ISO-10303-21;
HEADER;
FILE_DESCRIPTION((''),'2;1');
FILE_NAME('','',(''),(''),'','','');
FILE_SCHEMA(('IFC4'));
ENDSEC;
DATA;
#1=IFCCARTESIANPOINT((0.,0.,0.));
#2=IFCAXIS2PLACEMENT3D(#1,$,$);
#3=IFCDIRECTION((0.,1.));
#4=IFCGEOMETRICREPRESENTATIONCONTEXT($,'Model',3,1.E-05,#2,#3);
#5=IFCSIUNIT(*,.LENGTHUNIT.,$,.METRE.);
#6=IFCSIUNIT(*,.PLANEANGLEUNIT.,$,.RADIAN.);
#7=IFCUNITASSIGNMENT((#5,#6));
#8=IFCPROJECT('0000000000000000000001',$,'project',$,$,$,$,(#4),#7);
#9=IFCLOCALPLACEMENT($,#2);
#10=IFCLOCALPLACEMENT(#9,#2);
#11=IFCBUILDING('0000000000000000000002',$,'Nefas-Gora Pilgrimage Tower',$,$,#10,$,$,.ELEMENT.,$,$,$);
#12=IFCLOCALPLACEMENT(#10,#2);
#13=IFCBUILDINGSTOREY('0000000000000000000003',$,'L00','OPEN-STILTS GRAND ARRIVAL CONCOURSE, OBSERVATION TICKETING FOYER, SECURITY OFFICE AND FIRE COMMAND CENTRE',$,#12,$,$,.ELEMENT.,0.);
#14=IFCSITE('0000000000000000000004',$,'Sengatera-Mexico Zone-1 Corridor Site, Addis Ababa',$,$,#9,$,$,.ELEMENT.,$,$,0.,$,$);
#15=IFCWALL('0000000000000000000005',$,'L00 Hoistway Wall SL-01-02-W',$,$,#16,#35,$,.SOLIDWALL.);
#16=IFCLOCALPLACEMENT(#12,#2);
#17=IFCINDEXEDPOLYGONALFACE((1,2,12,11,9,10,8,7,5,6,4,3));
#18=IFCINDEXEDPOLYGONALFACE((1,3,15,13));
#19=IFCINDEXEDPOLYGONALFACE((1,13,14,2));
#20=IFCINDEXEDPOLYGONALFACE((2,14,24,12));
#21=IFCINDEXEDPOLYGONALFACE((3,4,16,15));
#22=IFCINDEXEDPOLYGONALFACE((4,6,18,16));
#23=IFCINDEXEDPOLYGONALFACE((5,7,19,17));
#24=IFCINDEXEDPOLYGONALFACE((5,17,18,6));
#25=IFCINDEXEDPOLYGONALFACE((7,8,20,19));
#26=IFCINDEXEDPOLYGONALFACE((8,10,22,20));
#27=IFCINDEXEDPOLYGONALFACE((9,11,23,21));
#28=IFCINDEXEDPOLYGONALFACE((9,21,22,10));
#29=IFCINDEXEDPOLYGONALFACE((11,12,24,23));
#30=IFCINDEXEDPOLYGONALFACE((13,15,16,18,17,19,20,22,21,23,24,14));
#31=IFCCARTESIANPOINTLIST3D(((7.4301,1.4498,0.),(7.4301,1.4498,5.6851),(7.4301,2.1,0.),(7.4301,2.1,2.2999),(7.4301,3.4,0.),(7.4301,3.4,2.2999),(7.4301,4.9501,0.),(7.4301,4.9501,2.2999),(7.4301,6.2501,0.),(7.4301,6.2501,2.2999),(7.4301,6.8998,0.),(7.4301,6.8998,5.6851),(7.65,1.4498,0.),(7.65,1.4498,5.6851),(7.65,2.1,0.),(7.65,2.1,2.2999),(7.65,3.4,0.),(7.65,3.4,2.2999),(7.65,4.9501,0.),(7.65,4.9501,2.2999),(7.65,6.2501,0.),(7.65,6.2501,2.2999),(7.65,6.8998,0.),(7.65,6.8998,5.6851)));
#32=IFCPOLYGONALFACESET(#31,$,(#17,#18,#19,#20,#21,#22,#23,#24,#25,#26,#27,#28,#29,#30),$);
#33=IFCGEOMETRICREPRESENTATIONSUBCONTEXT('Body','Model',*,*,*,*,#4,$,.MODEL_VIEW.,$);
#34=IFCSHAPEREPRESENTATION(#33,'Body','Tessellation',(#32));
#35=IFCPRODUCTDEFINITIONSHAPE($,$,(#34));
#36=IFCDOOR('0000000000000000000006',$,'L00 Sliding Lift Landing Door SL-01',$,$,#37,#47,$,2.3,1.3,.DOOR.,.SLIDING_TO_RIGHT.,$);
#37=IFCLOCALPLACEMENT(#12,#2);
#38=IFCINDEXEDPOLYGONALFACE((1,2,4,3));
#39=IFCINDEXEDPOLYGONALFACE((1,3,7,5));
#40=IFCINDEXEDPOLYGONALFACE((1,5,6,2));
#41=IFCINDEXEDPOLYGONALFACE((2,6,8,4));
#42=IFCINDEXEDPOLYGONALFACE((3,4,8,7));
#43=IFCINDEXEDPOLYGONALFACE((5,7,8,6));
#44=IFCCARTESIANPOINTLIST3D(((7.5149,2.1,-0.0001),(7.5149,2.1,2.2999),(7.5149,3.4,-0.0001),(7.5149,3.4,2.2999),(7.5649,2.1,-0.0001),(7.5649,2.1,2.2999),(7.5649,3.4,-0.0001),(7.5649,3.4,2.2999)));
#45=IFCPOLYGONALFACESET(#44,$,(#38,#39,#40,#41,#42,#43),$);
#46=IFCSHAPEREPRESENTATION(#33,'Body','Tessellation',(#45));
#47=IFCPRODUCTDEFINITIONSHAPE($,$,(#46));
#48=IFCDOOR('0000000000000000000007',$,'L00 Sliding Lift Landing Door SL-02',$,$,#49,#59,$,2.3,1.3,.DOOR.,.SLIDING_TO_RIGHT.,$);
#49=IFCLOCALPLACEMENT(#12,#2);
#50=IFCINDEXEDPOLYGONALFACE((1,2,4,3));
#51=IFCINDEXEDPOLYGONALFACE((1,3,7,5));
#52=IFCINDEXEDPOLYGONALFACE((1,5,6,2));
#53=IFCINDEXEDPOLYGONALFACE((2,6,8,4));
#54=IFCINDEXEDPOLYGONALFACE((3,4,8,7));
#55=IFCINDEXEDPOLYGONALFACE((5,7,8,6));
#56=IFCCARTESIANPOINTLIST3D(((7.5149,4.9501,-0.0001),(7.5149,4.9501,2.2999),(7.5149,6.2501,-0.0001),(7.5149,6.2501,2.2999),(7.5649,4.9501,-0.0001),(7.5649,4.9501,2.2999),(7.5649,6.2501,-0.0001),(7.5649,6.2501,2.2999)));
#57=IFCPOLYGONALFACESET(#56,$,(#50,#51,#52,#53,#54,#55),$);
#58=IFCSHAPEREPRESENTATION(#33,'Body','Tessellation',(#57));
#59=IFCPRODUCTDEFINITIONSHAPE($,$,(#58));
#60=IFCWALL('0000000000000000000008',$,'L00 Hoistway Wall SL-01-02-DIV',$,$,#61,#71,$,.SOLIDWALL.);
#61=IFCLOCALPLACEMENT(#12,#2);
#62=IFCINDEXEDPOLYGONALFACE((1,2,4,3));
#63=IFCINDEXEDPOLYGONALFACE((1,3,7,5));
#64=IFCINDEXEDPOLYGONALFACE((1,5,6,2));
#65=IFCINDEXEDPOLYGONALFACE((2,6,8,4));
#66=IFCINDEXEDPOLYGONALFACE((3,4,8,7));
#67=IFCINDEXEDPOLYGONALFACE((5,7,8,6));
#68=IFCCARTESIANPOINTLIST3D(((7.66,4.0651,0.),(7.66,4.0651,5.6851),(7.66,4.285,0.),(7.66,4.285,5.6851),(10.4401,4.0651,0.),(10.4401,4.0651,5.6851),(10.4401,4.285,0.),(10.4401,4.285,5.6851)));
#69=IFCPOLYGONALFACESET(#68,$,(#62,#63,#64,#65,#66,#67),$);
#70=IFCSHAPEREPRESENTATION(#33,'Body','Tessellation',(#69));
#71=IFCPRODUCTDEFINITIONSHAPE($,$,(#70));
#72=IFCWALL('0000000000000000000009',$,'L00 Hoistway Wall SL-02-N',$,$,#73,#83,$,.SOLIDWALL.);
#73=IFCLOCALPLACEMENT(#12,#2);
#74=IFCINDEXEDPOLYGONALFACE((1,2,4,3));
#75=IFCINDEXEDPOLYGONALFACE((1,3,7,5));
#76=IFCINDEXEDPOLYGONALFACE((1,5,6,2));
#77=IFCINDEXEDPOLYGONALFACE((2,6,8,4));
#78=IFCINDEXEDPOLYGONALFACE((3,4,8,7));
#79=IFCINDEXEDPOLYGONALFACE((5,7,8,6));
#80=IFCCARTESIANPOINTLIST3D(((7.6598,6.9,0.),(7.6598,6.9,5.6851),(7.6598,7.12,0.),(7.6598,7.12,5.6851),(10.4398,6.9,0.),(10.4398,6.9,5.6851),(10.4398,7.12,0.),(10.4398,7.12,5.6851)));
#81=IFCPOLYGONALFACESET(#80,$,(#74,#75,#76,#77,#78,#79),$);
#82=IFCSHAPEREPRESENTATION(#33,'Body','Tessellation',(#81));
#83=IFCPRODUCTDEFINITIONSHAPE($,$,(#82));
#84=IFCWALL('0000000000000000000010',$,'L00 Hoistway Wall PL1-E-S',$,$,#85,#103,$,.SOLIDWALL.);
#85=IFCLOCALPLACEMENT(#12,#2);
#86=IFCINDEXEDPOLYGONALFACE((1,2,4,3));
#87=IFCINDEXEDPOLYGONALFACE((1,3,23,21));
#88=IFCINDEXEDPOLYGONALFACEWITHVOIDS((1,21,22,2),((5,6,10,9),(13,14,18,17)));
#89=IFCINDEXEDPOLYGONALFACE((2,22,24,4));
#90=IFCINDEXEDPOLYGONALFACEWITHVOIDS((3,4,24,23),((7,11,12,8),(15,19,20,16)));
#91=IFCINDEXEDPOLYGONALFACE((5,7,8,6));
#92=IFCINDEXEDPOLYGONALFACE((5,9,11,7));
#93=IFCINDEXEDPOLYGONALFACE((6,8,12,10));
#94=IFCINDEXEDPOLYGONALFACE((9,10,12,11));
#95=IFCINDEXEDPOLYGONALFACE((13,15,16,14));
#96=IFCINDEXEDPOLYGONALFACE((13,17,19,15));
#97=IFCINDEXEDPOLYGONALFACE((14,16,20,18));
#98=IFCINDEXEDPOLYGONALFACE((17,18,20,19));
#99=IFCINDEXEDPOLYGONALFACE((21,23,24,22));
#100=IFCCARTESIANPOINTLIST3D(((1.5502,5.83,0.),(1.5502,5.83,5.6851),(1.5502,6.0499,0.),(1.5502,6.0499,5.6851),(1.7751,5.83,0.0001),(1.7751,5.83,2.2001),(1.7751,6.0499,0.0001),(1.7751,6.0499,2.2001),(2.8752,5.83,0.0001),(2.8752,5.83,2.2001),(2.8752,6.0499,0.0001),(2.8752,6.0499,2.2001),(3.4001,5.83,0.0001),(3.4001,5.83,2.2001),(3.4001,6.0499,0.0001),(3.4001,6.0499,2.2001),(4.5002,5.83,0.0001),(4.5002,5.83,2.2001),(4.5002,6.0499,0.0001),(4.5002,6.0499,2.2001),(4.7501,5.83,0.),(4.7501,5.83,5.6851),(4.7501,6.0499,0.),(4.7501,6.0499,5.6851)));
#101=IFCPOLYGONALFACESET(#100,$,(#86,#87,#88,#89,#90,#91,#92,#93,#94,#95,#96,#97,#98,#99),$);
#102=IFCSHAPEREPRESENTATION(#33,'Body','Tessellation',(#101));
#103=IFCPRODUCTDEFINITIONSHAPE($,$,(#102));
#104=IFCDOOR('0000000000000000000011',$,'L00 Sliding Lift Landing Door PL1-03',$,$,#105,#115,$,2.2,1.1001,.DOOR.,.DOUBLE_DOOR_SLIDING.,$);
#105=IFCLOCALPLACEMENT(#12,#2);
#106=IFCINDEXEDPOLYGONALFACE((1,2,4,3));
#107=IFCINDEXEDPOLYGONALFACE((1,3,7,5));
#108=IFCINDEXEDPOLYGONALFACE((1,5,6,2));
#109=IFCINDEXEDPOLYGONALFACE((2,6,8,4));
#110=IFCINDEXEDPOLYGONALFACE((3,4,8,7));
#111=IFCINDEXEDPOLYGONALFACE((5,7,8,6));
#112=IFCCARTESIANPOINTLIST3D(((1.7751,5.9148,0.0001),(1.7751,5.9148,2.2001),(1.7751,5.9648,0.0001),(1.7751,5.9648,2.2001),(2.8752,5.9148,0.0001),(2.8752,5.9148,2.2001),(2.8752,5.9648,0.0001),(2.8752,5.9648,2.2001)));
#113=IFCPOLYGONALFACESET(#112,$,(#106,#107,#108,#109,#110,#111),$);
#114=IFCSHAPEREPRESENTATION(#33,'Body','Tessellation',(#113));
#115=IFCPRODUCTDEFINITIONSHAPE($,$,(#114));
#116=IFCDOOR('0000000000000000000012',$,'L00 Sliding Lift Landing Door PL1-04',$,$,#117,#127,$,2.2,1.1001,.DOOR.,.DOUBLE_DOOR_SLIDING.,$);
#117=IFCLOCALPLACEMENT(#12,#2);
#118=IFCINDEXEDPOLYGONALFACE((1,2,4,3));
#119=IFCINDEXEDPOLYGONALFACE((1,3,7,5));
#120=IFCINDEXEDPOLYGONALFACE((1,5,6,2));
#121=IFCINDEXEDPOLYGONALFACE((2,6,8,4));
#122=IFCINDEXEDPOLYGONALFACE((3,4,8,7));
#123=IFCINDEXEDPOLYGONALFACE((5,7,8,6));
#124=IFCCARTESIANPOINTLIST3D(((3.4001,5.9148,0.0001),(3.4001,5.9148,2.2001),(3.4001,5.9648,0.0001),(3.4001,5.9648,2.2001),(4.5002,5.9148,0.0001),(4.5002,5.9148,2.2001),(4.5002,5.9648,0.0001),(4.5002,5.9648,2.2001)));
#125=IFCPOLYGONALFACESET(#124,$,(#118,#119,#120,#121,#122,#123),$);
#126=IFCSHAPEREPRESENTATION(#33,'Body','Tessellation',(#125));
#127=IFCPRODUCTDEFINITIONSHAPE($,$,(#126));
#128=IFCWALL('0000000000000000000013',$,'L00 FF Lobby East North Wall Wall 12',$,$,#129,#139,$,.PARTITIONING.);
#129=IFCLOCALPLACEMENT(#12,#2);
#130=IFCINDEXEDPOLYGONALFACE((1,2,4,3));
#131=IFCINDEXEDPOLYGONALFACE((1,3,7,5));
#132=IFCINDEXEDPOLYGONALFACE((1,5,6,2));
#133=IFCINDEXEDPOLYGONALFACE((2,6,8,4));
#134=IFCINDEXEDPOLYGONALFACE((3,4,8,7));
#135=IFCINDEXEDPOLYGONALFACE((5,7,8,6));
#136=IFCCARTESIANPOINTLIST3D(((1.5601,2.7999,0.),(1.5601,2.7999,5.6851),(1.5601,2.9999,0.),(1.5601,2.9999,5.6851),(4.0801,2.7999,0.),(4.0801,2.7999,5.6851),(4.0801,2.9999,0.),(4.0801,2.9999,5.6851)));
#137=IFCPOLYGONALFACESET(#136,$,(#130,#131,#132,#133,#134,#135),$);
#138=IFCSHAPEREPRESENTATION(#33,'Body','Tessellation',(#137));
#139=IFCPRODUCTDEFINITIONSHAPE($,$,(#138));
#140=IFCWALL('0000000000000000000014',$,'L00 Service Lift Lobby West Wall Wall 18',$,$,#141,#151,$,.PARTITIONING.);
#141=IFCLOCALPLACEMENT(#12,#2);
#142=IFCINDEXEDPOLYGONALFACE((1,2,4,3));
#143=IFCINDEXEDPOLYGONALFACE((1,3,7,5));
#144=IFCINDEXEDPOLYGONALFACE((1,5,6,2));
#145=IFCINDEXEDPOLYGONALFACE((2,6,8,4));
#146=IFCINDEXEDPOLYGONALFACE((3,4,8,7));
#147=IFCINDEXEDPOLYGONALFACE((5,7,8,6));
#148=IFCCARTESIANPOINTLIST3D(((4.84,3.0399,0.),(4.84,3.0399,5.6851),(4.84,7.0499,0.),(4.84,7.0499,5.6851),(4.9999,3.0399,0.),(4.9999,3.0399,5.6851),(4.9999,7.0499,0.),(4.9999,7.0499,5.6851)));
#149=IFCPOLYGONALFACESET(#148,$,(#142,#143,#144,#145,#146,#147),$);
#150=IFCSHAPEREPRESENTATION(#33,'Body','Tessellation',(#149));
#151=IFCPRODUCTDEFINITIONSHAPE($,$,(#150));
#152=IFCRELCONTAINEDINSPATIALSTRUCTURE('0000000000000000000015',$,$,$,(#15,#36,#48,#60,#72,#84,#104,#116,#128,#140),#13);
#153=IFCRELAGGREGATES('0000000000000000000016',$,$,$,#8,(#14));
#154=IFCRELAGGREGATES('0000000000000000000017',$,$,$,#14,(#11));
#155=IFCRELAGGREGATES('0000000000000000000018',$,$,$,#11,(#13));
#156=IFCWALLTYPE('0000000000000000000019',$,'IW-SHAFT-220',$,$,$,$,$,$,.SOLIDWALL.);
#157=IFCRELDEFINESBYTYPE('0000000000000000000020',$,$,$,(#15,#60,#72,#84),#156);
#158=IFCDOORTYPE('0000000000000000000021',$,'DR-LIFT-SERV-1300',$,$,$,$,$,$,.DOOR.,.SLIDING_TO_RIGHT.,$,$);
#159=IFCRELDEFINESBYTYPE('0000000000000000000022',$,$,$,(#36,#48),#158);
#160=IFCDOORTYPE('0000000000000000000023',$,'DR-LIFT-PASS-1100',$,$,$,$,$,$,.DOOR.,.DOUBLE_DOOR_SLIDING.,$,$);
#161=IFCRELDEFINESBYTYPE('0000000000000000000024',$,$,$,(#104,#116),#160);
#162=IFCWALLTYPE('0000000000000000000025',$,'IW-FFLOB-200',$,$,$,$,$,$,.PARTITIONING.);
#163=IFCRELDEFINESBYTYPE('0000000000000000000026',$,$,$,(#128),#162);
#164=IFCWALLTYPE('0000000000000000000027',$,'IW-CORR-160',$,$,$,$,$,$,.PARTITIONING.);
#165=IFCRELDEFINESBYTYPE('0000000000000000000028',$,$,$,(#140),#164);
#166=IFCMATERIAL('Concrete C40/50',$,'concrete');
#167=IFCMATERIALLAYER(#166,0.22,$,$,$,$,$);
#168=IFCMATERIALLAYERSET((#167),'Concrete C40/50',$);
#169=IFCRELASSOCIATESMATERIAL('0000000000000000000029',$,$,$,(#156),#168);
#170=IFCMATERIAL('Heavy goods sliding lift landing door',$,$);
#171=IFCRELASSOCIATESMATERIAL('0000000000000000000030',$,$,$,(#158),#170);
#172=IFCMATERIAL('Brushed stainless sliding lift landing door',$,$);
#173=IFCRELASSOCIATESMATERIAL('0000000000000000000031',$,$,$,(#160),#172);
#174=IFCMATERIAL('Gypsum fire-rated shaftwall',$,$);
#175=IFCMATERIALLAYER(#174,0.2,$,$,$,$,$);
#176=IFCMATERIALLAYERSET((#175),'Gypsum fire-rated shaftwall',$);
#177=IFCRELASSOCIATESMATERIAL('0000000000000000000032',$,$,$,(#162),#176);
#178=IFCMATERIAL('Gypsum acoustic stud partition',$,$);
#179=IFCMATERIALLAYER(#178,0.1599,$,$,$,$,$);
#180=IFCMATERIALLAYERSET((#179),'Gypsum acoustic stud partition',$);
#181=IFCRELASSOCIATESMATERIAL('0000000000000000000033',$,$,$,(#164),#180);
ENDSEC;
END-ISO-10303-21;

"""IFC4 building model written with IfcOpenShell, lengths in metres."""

from ifc_helpers import new_model, si_unit, direction, frame, frame_2d, origin, place, context, subcontext, project, spatial, rectangle, extrude, source, transform, mapped, material, layer, layer_set, type_object, element, fill, save


model = new_model("IFC4")

# Units and contexts
model_context = context("Model", 3, precision=1e-05, world=origin(), true_north=direction((0.0, 1.0)))
body_context = subcontext(model_context, "Body", "Model", "MODEL_VIEW")
ifc_project = project(units=[si_unit("LENGTHUNIT", "METRE"), si_unit("PLANEANGLEUNIT", "RADIAN")], contexts=[model_context])

# Site, building, storey
site_placement = place(None, origin())
site = spatial("IfcSite", under=ifc_project, at=site_placement, Name="Sengatera-Mexico Zone-1 Corridor Site, Addis Ababa", CompositionType="ELEMENT", RefElevation=0.0)
building_placement = place(site_placement, origin())
building = spatial("IfcBuilding", under=site, at=building_placement, Name="Nefas-Gora Pilgrimage Tower", CompositionType="ELEMENT")
storey_placement = place(building_placement, origin())
storey = spatial("IfcBuildingStorey", under=building, at=storey_placement, Name="L00", Description="OPEN-STILTS GRAND ARRIVAL CONCOURSE, OBSERVATION TICKETING FOYER, SECURITY OFFICE AND FIRE COMMAND CENTRE", CompositionType="ELEMENT", Elevation=0.0)

# Wall, openings, doors
ifc_material_1 = material(Name="Concrete C40/50", Category="concrete")
ifc_layer_1 = layer(ifc_material_1, 0.22)
ifc_layer_set_1 = layer_set([ifc_layer_1], Name="Concrete C40/50")
wall_type_1 = type_object("IfcWallType", Name="IW-SHAFT-220", PredefinedType="SOLIDWALL", material=ifc_layer_set_1)
shared_shape_1 = source(origin(), body_context, "Body", "SweptSolid", [
    extrude(rectangle(XDim=5.45, YDim=0.22, at=frame_2d((2.7251, 0.0))), origin(), (0.0, 0.0, 1.0), 5.6851),
])
wall_1_placement = place(storey_placement, frame((7.54, 6.8999, 0.0), z_axis=(0.0, 0.0, 1.0), x_axis=(0.0, -1.0, 0.0)))
wall_1 = element("IfcWall", 1, at=wall_1_placement, inside=storey, type_object=wall_type_1, Name="L00 Hoistway Wall SL-01-02-W", PredefinedType="SOLIDWALL", context=body_context, shape_type="MappedRepresentation", body=[
    mapped(shared_shape_1, transform((0.0, 0.0, 0.0), x_axis=(1.0, 0.0, 0.0), y_axis=(0.0, 1.0, 0.0), z_axis=(0.0, 0.0, 1.0), scale=1.0)),
])
opening_1_placement = place(wall_1_placement, frame((3.5, 0.0, 0.0)))
opening_1 = element("IfcOpeningElement", 2, at=opening_1_placement, cuts=wall_1, PredefinedType="OPENING", context=body_context, shape_type="SweptSolid", body=[
    extrude(rectangle(XDim=1.3, YDim=2.3, at=frame_2d((0.6499, 1.1499))), frame((0.0, 0.1199, 0.0), z_axis=(0.0, -1.0, 0.0), x_axis=(1.0, 0.0, 0.0)), (0.0, 0.0, 1.0), 0.24),
])
opening_2_placement = place(wall_1_placement, frame((0.6499, 0.0, 0.0)))
opening_2 = element("IfcOpeningElement", 3, at=opening_2_placement, cuts=wall_1, PredefinedType="OPENING", context=body_context, shape_type="SweptSolid", body=[
    extrude(rectangle(XDim=1.3, YDim=2.3, at=frame_2d((0.6499, 1.1499))), frame((0.0, 0.1199, 0.0), z_axis=(0.0, -1.0, 0.0), x_axis=(1.0, 0.0, 0.0)), (0.0, 0.0, 1.0), 0.24),
])
ifc_material_2 = material(Name="Heavy goods sliding lift landing door")
door_type_1 = type_object("IfcDoorType", Name="DR-LIFT-SERV-1300", OperationType="SLIDING_TO_RIGHT", PredefinedType="DOOR", material=ifc_material_2)
shared_shape_2 = source(origin(), body_context, "Body", "SweptSolid", [
    extrude(rectangle(XDim=1.3, YDim=2.3, at=frame_2d((0.6499, 1.1499))), frame((0.0, 0.0249, 0.0), z_axis=(0.0, -1.0, 0.0), x_axis=(1.0, 0.0, 0.0)), (0.0, 0.0, 1.0), 0.05),
])
door_1_placement = place(opening_1_placement, origin())
door_1 = element("IfcDoor", 4, at=door_1_placement, inside=storey, type_object=door_type_1, Name="L00 Sliding Lift Landing Door SL-01", OperationType="SLIDING_TO_RIGHT", OverallHeight=2.3, OverallWidth=1.3, PredefinedType="DOOR", context=body_context, shape_type="MappedRepresentation", body=[
    mapped(shared_shape_2, transform((0.0, 0.0, 0.0), x_axis=(1.0, 0.0, 0.0), y_axis=(0.0, 1.0, 0.0), z_axis=(0.0, 0.0, 1.0), scale=1.0)),
])
fill(opening_1, door_1)
door_2_placement = place(opening_2_placement, origin())
door_2 = element("IfcDoor", 5, at=door_2_placement, inside=storey, type_object=door_type_1, Name="L00 Sliding Lift Landing Door SL-02", OperationType="SLIDING_TO_RIGHT", OverallHeight=2.3, OverallWidth=1.3, PredefinedType="DOOR", context=body_context, shape_type="MappedRepresentation", body=[
    mapped(shared_shape_2, transform((0.0, 0.0, 0.0), x_axis=(1.0, 0.0, 0.0), y_axis=(0.0, 1.0, 0.0), z_axis=(0.0, 0.0, 1.0), scale=1.0)),
])
fill(opening_2, door_2)

# Walls
shared_shape_3 = source(origin(), body_context, "Body", "SweptSolid", [
    extrude(rectangle(XDim=2.78, YDim=0.22, at=frame_2d((1.3901, 0.0))), origin(), (0.0, 0.0, 1.0), 5.6851),
])
for number, where, z_axis, x_axis, name in (
    (6, (7.6599, 4.175, 0.0), (0.0, 0.0, 1.0), (1.0, 0.0, 0.0), "L00 Hoistway Wall SL-01-02-DIV"),
    (7, (10.4399, 7.01, 0.0), (0.0, 0.0, 1.0), (-1.0, 0.0, 0.0), "L00 Hoistway Wall SL-02-N"),
):
    element("IfcWall", number, at=place(storey_placement, frame(where, z_axis=z_axis, x_axis=x_axis)), inside=storey, type_object=wall_type_1, Name=name, PredefinedType="SOLIDWALL", context=body_context, shape_type="MappedRepresentation", body=[
        mapped(shared_shape_3, transform((0.0, 0.0, 0.0), x_axis=(1.0, 0.0, 0.0), y_axis=(0.0, 1.0, 0.0), z_axis=(0.0, 0.0, 1.0), scale=1.0)),
    ])

# Wall, openings, doors
shared_shape_4 = source(origin(), body_context, "Body", "SweptSolid", [
    extrude(rectangle(XDim=3.2, YDim=0.22, at=frame_2d((1.6001, 0.0))), origin(), (0.0, 0.0, 1.0), 5.6851),
])
wall_2_placement = place(storey_placement, frame((1.55, 5.9399, 0.0), z_axis=(0.0, 0.0, 1.0), x_axis=(1.0, 0.0, 0.0)))
wall_2 = element("IfcWall", 8, at=wall_2_placement, inside=storey, type_object=wall_type_1, Name="L00 Hoistway Wall PL1-E-S", PredefinedType="SOLIDWALL", context=body_context, shape_type="MappedRepresentation", body=[
    mapped(shared_shape_4, transform((0.0, 0.0, 0.0), x_axis=(1.0, 0.0, 0.0), y_axis=(0.0, 1.0, 0.0), z_axis=(0.0, 0.0, 1.0), scale=1.0)),
])
opening_3_placement = place(wall_2_placement, frame((0.2251, 0.0, 0.0)))
opening_3 = element("IfcOpeningElement", 9, at=opening_3_placement, cuts=wall_2, PredefinedType="OPENING", context=body_context, shape_type="SweptSolid", body=[
    extrude(rectangle(XDim=1.1001, YDim=2.2, at=frame_2d((0.55, 1.1001))), frame((0.0, 0.1199, 0.0), z_axis=(0.0, -1.0, 0.0), x_axis=(1.0, 0.0, 0.0)), (0.0, 0.0, 1.0), 0.24),
])
opening_4_placement = place(wall_2_placement, frame((1.8501, 0.0, 0.0)))
opening_4 = element("IfcOpeningElement", 10, at=opening_4_placement, cuts=wall_2, PredefinedType="OPENING", context=body_context, shape_type="SweptSolid", body=[
    extrude(rectangle(XDim=1.1001, YDim=2.2, at=frame_2d((0.55, 1.1001))), frame((0.0, 0.1199, 0.0), z_axis=(0.0, -1.0, 0.0), x_axis=(1.0, 0.0, 0.0)), (0.0, 0.0, 1.0), 0.24),
])
ifc_material_3 = material(Name="Brushed stainless sliding lift landing door")
door_type_2 = type_object("IfcDoorType", Name="DR-LIFT-PASS-1100", OperationType="DOUBLE_DOOR_SLIDING", PredefinedType="DOOR", material=ifc_material_3)
shared_shape_5 = source(origin(), body_context, "Body", "SweptSolid", [
    extrude(rectangle(XDim=1.1001, YDim=2.2, at=frame_2d((0.55, 1.1001))), frame((0.0, 0.0249, 0.0), z_axis=(0.0, -1.0, 0.0), x_axis=(1.0, 0.0, 0.0)), (0.0, 0.0, 1.0), 0.05),
])
door_3_placement = place(opening_3_placement, origin())
door_3 = element("IfcDoor", 11, at=door_3_placement, inside=storey, type_object=door_type_2, Name="L00 Sliding Lift Landing Door PL1-03", OperationType="DOUBLE_DOOR_SLIDING", OverallHeight=2.2, OverallWidth=1.1001, PredefinedType="DOOR", context=body_context, shape_type="MappedRepresentation", body=[
    mapped(shared_shape_5, transform((0.0, 0.0, 0.0), x_axis=(1.0, 0.0, 0.0), y_axis=(0.0, 1.0, 0.0), z_axis=(0.0, 0.0, 1.0), scale=1.0)),
])
fill(opening_3, door_3)
door_4_placement = place(opening_4_placement, origin())
door_4 = element("IfcDoor", 12, at=door_4_placement, inside=storey, type_object=door_type_2, Name="L00 Sliding Lift Landing Door PL1-04", OperationType="DOUBLE_DOOR_SLIDING", OverallHeight=2.2, OverallWidth=1.1001, PredefinedType="DOOR", context=body_context, shape_type="MappedRepresentation", body=[
    mapped(shared_shape_5, transform((0.0, 0.0, 0.0), x_axis=(1.0, 0.0, 0.0), y_axis=(0.0, 1.0, 0.0), z_axis=(0.0, 0.0, 1.0), scale=1.0)),
])
fill(opening_4, door_4)

# Wall
ifc_material_4 = material(Name="Gypsum fire-rated shaftwall")
ifc_layer_2 = layer(ifc_material_4, 0.2)
ifc_layer_set_2 = layer_set([ifc_layer_2], Name="Gypsum fire-rated shaftwall")
wall_type_2 = type_object("IfcWallType", Name="IW-FFLOB-200", PredefinedType="PARTITIONING", material=ifc_layer_set_2)
shared_shape_6 = source(origin(), body_context, "Body", "SweptSolid", [
    extrude(rectangle(XDim=2.52, YDim=0.2, at=frame_2d((1.26, 0.0))), origin(), (0.0, 0.0, 1.0), 5.6851),
])
wall_3_placement = place(storey_placement, frame((1.5601, 2.8999, 0.0), z_axis=(0.0, 0.0, 1.0), x_axis=(1.0, 0.0, 0.0)))
element("IfcWall", 13, at=wall_3_placement, inside=storey, type_object=wall_type_2, Name="L00 FF Lobby East North Wall Wall 12", PredefinedType="PARTITIONING", context=body_context, shape_type="MappedRepresentation", body=[
    mapped(shared_shape_6, transform((0.0, 0.0, 0.0), x_axis=(1.0, 0.0, 0.0), y_axis=(0.0, 1.0, 0.0), z_axis=(0.0, 0.0, 1.0), scale=1.0)),
])

# Wall
ifc_material_5 = material(Name="Gypsum acoustic stud partition")
ifc_layer_3 = layer(ifc_material_5, 0.1599)
ifc_layer_set_3 = layer_set([ifc_layer_3], Name="Gypsum acoustic stud partition")
wall_type_3 = type_object("IfcWallType", Name="IW-CORR-160", PredefinedType="PARTITIONING", material=ifc_layer_set_3)
shared_shape_7 = source(origin(), body_context, "Body", "SweptSolid", [
    extrude(rectangle(XDim=4.01, YDim=0.1599, at=frame_2d((2.0049, 0.0))), origin(), (0.0, 0.0, 1.0), 5.6851),
])
wall_4_placement = place(storey_placement, frame((4.9199, 3.04, 0.0), z_axis=(0.0, 0.0, 1.0), x_axis=(0.0, 1.0, 0.0)))
element("IfcWall", 14, at=wall_4_placement, inside=storey, type_object=wall_type_3, Name="L00 Service Lift Lobby West Wall Wall 18", PredefinedType="PARTITIONING", context=body_context, shape_type="MappedRepresentation", body=[
    mapped(shared_shape_7, transform((0.0, 0.0, 0.0), x_axis=(1.0, 0.0, 0.0), y_axis=(0.0, 1.0, 0.0), z_axis=(0.0, 0.0, 1.0), scale=1.0)),
])

save(model, "model.ifc")
